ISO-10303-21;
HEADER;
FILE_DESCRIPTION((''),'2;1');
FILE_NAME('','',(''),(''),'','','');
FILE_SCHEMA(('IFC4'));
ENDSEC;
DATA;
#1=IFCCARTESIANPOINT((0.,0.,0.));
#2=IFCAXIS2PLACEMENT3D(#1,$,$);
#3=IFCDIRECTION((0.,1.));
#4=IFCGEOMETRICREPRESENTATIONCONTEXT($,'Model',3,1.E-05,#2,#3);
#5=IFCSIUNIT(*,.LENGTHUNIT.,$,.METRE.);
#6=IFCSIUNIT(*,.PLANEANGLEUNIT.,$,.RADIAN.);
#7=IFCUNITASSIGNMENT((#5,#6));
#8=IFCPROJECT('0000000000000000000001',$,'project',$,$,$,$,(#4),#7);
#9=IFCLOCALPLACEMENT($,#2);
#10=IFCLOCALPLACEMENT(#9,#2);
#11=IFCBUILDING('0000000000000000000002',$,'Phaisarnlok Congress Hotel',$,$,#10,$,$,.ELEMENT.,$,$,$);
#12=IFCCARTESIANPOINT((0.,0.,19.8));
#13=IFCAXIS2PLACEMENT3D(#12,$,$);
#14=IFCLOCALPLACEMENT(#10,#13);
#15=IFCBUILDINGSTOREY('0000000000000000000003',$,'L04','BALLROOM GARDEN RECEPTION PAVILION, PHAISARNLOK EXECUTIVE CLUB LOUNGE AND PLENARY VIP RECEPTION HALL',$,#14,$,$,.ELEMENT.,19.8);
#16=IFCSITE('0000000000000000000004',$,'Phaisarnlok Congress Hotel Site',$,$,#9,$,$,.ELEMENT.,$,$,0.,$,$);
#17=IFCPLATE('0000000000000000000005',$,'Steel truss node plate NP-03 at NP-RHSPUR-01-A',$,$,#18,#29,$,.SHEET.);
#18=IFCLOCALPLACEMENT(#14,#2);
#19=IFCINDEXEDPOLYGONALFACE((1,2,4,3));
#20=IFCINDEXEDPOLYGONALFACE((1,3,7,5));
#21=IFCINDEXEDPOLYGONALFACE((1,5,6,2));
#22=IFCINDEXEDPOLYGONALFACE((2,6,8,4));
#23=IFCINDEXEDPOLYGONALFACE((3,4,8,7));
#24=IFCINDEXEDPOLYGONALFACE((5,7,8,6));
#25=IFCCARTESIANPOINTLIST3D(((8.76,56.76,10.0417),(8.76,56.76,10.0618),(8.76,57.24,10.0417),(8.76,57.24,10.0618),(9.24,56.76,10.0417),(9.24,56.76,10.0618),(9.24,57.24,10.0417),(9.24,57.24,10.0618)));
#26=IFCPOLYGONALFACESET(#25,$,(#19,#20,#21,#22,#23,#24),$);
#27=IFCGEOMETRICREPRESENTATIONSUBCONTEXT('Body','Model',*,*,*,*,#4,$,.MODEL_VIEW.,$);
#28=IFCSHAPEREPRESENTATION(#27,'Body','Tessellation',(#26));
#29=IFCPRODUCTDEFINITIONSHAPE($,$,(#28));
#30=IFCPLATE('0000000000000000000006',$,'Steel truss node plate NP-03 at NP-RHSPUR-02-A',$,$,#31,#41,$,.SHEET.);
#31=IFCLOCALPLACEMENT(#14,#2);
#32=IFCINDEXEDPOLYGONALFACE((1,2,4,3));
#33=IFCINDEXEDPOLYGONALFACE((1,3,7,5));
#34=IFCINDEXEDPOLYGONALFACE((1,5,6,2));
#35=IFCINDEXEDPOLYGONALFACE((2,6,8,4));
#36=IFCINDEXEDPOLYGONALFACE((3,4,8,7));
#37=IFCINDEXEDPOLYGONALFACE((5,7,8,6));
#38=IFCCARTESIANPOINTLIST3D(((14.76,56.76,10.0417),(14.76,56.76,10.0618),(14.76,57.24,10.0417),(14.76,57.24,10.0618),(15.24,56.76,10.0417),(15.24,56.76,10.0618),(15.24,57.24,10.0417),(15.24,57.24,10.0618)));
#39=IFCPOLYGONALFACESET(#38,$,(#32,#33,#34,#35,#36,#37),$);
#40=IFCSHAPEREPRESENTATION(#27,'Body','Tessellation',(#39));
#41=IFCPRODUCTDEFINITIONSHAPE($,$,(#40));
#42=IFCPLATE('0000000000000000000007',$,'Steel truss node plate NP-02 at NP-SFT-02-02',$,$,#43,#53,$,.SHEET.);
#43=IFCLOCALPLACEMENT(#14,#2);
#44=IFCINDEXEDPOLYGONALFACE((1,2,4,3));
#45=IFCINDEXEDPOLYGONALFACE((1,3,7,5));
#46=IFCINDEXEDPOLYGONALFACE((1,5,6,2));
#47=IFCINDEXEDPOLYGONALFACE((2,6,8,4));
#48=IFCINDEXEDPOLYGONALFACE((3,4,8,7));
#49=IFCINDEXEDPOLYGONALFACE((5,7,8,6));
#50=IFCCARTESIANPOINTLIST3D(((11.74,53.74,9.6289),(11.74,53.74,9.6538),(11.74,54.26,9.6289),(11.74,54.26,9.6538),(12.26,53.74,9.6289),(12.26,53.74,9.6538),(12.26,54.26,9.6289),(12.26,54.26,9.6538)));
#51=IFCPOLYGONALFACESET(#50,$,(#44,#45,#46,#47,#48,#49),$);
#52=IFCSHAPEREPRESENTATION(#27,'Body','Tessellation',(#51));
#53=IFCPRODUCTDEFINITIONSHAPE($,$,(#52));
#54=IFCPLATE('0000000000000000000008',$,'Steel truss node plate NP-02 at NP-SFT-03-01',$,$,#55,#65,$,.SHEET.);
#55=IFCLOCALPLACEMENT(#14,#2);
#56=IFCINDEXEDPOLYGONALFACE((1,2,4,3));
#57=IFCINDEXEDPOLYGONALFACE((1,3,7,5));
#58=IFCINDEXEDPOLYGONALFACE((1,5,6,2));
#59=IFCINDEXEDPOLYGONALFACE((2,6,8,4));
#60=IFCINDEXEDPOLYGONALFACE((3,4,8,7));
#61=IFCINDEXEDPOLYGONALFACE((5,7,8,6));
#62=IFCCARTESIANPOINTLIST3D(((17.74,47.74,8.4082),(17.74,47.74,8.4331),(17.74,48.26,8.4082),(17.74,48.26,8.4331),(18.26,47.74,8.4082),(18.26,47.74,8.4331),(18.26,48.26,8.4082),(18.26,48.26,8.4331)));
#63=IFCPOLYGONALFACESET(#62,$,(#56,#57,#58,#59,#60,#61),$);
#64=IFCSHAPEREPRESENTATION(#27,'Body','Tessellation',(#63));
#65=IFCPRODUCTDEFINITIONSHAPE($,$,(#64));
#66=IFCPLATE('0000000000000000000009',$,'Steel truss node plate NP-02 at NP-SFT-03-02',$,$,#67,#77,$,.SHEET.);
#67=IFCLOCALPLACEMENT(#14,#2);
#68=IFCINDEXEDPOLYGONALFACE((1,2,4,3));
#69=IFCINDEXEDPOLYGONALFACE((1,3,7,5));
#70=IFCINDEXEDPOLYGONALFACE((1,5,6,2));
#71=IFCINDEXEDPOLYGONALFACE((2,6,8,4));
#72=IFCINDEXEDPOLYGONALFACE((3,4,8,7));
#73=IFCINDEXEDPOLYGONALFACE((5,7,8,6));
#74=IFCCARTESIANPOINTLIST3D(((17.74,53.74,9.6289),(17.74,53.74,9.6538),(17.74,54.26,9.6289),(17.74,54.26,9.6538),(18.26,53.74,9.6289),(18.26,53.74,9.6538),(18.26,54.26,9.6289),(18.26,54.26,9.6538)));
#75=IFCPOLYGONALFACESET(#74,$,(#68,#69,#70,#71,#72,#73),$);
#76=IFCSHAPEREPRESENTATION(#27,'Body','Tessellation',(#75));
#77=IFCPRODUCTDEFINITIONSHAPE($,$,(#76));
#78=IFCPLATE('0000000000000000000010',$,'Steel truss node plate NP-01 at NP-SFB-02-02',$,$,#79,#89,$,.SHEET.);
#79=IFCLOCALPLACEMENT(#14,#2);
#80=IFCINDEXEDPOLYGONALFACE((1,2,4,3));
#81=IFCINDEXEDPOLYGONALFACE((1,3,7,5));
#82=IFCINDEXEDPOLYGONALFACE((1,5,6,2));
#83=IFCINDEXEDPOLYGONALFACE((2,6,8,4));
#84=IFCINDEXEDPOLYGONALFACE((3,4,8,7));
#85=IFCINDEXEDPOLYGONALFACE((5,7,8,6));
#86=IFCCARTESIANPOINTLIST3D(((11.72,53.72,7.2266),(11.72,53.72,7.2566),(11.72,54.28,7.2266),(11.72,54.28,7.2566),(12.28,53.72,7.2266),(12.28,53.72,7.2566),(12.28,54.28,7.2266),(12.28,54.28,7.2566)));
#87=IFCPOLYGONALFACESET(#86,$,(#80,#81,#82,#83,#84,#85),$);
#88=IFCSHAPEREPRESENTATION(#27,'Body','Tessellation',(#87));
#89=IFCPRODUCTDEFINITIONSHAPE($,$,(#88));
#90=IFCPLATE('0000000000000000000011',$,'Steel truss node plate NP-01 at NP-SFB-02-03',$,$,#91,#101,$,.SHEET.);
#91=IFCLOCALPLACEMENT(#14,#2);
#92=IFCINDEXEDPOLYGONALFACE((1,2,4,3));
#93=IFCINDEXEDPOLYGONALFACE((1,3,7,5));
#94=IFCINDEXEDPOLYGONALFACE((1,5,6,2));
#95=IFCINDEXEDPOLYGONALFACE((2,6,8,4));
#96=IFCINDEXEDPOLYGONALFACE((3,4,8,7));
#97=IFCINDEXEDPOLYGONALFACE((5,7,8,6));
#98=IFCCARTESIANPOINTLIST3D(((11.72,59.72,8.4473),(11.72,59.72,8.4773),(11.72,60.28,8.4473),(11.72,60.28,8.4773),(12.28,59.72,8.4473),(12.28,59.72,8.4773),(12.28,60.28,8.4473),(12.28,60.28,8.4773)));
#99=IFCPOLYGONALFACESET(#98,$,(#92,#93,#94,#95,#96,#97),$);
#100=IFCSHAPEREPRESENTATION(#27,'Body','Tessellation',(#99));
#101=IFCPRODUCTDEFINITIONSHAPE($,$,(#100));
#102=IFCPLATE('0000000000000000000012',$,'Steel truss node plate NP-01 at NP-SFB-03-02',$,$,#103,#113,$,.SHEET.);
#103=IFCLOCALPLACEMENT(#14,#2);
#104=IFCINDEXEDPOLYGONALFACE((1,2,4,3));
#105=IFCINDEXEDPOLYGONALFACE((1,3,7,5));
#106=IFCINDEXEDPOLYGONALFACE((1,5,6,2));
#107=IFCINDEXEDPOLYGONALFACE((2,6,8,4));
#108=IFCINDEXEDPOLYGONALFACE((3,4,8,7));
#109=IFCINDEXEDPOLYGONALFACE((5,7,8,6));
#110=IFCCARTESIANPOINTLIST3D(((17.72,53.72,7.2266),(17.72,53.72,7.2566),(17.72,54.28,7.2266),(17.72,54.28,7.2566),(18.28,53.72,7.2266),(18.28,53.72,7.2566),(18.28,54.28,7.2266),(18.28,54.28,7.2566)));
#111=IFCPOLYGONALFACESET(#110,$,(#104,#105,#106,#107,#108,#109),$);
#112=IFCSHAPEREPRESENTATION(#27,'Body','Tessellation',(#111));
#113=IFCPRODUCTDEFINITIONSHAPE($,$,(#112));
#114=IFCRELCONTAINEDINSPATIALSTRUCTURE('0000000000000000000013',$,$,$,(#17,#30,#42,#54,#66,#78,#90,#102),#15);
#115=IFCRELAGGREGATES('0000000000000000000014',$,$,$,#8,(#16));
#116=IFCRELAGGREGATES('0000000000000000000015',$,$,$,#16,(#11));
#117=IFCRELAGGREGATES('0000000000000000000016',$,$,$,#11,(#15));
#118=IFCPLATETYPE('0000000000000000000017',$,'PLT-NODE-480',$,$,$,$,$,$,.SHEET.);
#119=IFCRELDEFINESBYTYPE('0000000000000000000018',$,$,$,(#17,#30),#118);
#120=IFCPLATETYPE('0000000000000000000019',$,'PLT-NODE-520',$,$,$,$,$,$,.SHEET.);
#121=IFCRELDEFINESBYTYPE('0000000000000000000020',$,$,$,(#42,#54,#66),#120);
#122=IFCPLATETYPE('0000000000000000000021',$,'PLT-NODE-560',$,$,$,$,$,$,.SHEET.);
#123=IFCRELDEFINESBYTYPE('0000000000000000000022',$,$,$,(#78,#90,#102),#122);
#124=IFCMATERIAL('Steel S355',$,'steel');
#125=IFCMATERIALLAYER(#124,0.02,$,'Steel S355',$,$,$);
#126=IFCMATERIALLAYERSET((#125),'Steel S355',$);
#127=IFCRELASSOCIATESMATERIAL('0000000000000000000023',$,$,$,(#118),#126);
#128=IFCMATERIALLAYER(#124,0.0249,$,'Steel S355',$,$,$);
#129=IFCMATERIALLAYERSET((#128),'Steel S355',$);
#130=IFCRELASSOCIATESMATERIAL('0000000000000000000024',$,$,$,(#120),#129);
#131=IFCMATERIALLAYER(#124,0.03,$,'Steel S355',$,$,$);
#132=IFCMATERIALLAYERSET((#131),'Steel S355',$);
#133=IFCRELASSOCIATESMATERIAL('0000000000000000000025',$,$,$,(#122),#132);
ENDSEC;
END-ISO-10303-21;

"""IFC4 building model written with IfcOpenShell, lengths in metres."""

from ifc_helpers import new_model, si_unit, direction, frame, origin, origin_2d, place, context, subcontext, project, spatial, rectangle, extrude, material, layer, layer_set, type_object, element, save


model = new_model("IFC4")

# Units and contexts
model_context = context("Model", 3, precision=1e-05, world=origin(), true_north=direction((0.0, 1.0)))
body_context = subcontext(model_context, "Body", "Model", "MODEL_VIEW")
ifc_project = project(units=[si_unit("LENGTHUNIT", "METRE"), si_unit("PLANEANGLEUNIT", "RADIAN")], contexts=[model_context])

# Site, building, storey
site_placement = place(None, origin())
site = spatial("IfcSite", under=ifc_project, at=site_placement, Name="Phaisarnlok Congress Hotel Site", CompositionType="ELEMENT", RefElevation=0.0)
building_placement = place(site_placement, origin())
building = spatial("IfcBuilding", under=site, at=building_placement, Name="Phaisarnlok Congress Hotel", CompositionType="ELEMENT")
storey_placement = place(building_placement, frame((0.0, 0.0, 19.8)))
storey = spatial("IfcBuildingStorey", under=building, at=storey_placement, Name="L04", Description="BALLROOM GARDEN RECEPTION PAVILION, PHAISARNLOK EXECUTIVE CLUB LOUNGE AND PLENARY VIP RECEPTION HALL", CompositionType="ELEMENT", Elevation=19.8)

# Shared definitions
ifc_material = material(Name="Steel S355", Category="steel")

# Plates
ifc_layer_1 = layer(ifc_material, 0.02, Name="Steel S355")
ifc_layer_set_1 = layer_set([ifc_layer_1], Name="Steel S355")
plate_type_1 = type_object("IfcPlateType", Name="PLT-NODE-480", PredefinedType="SHEET", material=ifc_layer_set_1)
for number, where, z_axis, x_axis, name in (
    (1, (9.0, 57.0, 10.0417), (0.0, 0.0, 1.0), (1.0, 0.0, 0.0), "Steel truss node plate NP-03 at NP-RHSPUR-01-A"),
    (2, (15.0, 57.0, 10.0417), (0.0, 0.0, 1.0), (1.0, 0.0, 0.0), "Steel truss node plate NP-03 at NP-RHSPUR-02-A"),
):
    element("IfcPlate", number, at=place(storey_placement, frame(where, z_axis=z_axis, x_axis=x_axis)), inside=storey, type_object=plate_type_1, Name=name, PredefinedType="SHEET", context=body_context, shape_type="SweptSolid", body=[
        extrude(rectangle(XDim=0.48, YDim=0.48, at=origin_2d()), origin(), (0.0, 0.0, 1.0), 0.02),
    ])
ifc_layer_2 = layer(ifc_material, 0.0249, Name="Steel S355")
ifc_layer_set_2 = layer_set([ifc_layer_2], Name="Steel S355")
plate_type_2 = type_object("IfcPlateType", Name="PLT-NODE-520", PredefinedType="SHEET", material=ifc_layer_set_2)
for number, where, z_axis, x_axis, name in (
    (3, (12.0, 54.0, 9.6289), (0.0, 0.0, 1.0), (1.0, 0.0, 0.0), "Steel truss node plate NP-02 at NP-SFT-02-02"),
    (4, (18.0, 48.0, 8.4082), (0.0, 0.0, 1.0), (1.0, 0.0, 0.0), "Steel truss node plate NP-02 at NP-SFT-03-01"),
    (5, (18.0, 54.0, 9.6289), (0.0, 0.0, 1.0), (1.0, 0.0, 0.0), "Steel truss node plate NP-02 at NP-SFT-03-02"),
):
    element("IfcPlate", number, at=place(storey_placement, frame(where, z_axis=z_axis, x_axis=x_axis)), inside=storey, type_object=plate_type_2, Name=name, PredefinedType="SHEET", context=body_context, shape_type="SweptSolid", body=[
        extrude(rectangle(XDim=0.52, YDim=0.52, at=origin_2d()), origin(), (0.0, 0.0, 1.0), 0.0249),
    ])
ifc_layer_3 = layer(ifc_material, 0.03, Name="Steel S355")
ifc_layer_set_3 = layer_set([ifc_layer_3], Name="Steel S355")
plate_type_3 = type_object("IfcPlateType", Name="PLT-NODE-560", PredefinedType="SHEET", material=ifc_layer_set_3)
for number, where, z_axis, x_axis, name in (
    (6, (12.0, 54.0, 7.2266), (0.0, 0.0, 1.0), (1.0, 0.0, 0.0), "Steel truss node plate NP-01 at NP-SFB-02-02"),
    (7, (12.0, 60.0, 8.4473), (0.0, 0.0, 1.0), (1.0, 0.0, 0.0), "Steel truss node plate NP-01 at NP-SFB-02-03"),
    (8, (18.0, 54.0, 7.2266), (0.0, 0.0, 1.0), (1.0, 0.0, 0.0), "Steel truss node plate NP-01 at NP-SFB-03-02"),
):
    element("IfcPlate", number, at=place(storey_placement, frame(where, z_axis=z_axis, x_axis=x_axis)), inside=storey, type_object=plate_type_3, Name=name, PredefinedType="SHEET", context=body_context, shape_type="SweptSolid", body=[
        extrude(rectangle(XDim=0.5601, YDim=0.5601, at=origin_2d()), origin(), (0.0, 0.0, 1.0), 0.03),
    ])

save(model, "model.ifc")
